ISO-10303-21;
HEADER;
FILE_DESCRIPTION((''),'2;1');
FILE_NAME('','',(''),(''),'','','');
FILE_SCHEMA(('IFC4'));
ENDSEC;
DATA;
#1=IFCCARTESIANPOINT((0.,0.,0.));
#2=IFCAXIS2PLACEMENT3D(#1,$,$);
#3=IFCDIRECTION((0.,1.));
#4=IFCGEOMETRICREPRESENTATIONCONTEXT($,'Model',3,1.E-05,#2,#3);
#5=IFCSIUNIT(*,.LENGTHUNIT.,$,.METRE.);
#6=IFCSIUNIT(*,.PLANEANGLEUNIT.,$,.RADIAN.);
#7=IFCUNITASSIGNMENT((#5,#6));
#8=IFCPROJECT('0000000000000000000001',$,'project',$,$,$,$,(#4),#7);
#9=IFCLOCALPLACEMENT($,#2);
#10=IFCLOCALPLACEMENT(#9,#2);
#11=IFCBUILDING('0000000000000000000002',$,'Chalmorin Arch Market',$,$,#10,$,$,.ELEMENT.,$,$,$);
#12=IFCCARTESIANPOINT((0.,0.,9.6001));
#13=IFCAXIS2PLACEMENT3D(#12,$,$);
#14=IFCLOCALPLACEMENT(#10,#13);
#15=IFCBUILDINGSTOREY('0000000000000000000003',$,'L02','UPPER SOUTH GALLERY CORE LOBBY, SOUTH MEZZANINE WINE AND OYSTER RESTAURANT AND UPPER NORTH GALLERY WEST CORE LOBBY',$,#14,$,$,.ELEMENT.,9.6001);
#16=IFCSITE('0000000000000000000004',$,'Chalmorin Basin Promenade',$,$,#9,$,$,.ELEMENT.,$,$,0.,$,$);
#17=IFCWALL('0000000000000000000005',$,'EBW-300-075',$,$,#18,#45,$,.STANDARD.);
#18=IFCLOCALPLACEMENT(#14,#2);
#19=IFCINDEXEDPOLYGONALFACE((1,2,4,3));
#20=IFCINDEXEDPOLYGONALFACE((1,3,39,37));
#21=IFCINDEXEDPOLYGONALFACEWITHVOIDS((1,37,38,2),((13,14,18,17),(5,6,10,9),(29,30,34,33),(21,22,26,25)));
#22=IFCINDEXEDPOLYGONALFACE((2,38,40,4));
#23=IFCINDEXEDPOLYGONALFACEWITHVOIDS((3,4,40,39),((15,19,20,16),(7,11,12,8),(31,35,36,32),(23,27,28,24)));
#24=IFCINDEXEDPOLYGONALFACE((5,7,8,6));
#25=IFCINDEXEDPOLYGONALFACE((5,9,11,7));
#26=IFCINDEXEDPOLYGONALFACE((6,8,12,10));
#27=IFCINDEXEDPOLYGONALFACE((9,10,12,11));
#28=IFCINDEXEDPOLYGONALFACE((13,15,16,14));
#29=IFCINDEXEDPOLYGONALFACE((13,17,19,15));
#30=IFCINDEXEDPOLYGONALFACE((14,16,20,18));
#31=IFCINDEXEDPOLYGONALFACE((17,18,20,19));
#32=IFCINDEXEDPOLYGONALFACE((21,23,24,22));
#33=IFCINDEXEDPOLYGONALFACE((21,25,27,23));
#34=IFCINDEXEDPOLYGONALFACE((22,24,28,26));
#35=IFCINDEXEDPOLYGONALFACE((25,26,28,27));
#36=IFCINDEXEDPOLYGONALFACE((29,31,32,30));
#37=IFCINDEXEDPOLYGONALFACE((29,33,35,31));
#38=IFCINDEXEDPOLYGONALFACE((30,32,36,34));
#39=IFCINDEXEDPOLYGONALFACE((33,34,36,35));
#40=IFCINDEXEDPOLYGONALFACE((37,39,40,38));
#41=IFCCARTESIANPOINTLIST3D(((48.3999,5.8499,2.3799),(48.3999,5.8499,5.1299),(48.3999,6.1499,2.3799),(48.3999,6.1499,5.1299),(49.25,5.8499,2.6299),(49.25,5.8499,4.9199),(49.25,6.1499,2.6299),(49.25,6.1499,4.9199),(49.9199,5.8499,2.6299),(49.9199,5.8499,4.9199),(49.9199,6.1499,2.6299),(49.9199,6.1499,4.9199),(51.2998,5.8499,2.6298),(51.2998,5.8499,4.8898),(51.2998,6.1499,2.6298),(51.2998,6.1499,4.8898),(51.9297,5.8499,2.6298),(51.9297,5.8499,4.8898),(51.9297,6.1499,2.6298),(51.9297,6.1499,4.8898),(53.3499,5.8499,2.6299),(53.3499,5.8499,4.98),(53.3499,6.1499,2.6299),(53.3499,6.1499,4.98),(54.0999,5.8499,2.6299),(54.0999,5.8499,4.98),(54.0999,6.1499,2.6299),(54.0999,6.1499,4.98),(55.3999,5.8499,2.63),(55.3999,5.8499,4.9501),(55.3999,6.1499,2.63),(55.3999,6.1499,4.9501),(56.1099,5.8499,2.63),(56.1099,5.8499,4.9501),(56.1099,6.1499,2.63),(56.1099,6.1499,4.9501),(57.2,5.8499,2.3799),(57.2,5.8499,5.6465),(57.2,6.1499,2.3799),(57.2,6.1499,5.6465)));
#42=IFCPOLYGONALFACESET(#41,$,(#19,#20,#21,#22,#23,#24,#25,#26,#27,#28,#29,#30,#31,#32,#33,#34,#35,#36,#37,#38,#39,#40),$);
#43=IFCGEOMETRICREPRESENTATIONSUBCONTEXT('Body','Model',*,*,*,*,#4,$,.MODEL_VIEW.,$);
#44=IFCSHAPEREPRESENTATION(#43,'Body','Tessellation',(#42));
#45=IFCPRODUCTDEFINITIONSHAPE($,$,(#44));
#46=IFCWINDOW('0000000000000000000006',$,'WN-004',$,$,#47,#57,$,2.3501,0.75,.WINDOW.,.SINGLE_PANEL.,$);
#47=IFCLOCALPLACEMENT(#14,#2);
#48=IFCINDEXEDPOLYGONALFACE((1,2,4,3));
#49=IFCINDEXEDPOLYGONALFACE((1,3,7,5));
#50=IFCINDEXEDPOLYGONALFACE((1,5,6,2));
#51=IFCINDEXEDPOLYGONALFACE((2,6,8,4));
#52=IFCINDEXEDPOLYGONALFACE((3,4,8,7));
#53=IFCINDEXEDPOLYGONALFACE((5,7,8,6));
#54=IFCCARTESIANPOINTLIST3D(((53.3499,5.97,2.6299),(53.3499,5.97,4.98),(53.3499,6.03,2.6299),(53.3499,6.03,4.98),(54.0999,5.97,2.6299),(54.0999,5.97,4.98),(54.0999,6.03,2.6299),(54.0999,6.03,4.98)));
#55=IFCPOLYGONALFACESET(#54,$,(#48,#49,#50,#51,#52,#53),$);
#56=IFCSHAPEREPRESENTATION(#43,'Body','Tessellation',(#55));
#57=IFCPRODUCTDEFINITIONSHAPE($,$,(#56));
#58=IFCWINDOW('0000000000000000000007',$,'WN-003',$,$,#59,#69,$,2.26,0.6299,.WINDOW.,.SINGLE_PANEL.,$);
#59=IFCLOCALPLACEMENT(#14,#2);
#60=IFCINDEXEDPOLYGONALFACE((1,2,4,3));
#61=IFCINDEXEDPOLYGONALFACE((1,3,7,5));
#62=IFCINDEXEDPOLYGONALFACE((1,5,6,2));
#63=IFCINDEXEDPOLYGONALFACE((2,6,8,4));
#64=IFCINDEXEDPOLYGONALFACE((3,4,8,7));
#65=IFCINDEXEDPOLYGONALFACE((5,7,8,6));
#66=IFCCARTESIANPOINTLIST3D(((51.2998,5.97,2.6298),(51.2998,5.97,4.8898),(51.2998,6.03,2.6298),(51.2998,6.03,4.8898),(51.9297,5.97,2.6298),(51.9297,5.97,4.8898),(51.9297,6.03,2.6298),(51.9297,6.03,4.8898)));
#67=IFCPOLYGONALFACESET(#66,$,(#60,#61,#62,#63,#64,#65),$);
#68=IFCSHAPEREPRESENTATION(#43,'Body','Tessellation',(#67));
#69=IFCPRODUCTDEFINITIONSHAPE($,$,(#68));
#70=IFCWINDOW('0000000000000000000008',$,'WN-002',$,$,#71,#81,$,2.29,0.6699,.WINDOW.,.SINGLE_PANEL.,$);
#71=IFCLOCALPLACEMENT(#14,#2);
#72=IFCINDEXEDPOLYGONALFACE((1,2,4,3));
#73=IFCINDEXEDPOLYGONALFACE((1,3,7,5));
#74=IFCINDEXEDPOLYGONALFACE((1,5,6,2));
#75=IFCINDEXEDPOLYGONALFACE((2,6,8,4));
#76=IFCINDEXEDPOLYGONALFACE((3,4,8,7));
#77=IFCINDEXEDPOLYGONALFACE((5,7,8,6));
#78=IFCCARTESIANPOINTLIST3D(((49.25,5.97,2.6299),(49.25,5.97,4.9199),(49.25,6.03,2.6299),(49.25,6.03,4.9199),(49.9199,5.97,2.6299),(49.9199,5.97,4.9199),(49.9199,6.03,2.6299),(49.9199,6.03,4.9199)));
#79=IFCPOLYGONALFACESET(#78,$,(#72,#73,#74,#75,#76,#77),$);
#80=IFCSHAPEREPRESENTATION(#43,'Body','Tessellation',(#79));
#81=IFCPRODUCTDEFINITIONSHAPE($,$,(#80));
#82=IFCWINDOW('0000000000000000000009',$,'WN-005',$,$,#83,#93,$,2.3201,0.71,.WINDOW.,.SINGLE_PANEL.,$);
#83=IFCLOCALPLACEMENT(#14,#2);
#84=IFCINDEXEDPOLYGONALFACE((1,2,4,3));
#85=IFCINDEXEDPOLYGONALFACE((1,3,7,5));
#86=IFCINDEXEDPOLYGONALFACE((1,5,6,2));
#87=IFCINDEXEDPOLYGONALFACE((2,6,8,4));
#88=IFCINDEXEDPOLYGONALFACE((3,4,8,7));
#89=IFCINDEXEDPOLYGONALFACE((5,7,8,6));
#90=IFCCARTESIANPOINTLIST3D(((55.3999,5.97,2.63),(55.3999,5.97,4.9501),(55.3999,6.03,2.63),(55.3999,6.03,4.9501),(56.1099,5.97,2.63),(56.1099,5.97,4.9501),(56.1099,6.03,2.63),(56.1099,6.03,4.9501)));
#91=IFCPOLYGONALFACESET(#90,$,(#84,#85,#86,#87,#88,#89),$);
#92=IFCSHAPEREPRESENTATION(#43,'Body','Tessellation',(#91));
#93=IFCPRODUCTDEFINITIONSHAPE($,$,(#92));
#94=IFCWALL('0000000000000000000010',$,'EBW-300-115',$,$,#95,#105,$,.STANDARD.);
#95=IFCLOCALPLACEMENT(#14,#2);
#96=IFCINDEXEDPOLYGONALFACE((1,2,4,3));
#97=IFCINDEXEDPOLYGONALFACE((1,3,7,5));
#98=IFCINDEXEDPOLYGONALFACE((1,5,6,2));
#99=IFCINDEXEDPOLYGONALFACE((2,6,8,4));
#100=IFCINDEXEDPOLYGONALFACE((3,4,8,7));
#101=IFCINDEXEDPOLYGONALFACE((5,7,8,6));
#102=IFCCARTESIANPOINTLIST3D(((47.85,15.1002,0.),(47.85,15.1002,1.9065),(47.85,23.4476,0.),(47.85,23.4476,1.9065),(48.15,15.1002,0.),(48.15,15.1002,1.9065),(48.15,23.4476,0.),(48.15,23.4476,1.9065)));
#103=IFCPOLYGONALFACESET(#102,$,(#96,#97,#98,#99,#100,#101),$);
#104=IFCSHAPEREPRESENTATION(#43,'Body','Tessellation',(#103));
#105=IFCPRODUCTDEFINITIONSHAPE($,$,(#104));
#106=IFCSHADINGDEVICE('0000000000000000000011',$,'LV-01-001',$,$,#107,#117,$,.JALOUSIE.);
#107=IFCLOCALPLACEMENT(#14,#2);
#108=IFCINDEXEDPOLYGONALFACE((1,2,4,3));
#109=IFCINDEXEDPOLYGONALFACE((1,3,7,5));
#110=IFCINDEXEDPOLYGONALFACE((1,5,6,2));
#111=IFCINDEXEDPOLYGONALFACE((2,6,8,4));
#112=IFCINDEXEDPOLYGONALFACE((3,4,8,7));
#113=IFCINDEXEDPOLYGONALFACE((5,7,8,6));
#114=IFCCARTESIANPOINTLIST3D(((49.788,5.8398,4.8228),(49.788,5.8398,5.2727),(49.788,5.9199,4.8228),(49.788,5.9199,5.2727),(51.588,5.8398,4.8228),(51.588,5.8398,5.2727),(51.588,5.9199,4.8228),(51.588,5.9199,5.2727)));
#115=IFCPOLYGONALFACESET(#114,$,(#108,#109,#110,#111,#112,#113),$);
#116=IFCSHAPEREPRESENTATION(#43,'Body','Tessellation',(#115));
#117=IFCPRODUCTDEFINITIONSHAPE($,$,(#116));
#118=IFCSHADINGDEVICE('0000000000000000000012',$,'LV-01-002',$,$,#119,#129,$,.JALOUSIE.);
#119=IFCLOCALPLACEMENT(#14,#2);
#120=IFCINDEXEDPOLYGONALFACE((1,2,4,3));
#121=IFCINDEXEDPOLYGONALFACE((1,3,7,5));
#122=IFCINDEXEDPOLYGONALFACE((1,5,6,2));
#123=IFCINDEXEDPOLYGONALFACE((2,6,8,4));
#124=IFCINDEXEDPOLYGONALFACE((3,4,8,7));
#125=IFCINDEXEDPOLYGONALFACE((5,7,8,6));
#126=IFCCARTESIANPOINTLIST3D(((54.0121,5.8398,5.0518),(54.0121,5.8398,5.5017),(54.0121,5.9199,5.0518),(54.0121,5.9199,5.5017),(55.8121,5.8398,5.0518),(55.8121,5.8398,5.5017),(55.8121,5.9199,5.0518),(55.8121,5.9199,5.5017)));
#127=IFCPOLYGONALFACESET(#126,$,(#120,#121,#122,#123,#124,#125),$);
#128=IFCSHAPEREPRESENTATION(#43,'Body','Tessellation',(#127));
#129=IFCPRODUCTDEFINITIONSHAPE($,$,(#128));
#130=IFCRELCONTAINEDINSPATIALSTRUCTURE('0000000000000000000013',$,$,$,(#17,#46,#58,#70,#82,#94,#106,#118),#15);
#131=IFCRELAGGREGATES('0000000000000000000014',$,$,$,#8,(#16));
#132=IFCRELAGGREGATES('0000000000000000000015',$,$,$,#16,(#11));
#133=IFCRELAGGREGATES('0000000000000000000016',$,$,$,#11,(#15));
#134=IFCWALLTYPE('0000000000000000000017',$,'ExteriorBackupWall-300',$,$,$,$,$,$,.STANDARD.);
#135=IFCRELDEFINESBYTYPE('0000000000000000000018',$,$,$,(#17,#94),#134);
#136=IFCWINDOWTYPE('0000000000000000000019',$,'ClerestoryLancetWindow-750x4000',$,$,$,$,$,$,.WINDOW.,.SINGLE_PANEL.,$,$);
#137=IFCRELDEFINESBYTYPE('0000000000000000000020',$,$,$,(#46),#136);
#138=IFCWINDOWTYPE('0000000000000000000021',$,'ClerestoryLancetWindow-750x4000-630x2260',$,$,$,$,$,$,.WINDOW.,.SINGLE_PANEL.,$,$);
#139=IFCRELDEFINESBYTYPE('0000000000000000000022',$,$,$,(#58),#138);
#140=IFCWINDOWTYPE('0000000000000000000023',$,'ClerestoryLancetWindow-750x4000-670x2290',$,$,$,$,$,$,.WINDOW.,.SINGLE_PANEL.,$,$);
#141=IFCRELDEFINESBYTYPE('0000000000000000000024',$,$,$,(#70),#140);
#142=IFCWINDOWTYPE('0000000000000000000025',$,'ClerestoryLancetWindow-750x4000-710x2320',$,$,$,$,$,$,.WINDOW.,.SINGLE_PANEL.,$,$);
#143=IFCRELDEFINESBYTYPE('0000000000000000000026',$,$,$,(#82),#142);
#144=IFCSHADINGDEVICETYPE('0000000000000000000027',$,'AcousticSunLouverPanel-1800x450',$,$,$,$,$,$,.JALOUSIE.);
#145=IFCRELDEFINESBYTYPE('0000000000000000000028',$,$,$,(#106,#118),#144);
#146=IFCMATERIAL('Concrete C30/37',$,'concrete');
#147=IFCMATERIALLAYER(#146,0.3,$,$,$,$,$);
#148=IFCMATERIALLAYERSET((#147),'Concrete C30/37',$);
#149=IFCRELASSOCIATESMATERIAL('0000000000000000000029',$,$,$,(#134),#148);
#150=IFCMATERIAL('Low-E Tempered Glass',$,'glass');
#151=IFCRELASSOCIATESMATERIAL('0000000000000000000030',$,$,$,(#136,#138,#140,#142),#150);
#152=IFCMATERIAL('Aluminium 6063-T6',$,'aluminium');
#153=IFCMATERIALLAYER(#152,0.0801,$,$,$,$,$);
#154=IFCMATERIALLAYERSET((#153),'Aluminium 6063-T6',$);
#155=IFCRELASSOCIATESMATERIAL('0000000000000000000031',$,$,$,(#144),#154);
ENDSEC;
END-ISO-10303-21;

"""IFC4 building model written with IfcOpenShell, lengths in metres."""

from ifc_helpers import new_model, si_unit, direction, frame, frame_2d, origin, origin_2d, place, context, subcontext, project, spatial, polyline, rectangle, outline, extrude, material, layer, layer_set, type_object, element, fill, save


model = new_model("IFC4")

# Units and contexts
model_context = context("Model", 3, precision=1e-05, world=origin(), true_north=direction((0.0, 1.0)))
body_context = subcontext(model_context, "Body", "Model", "MODEL_VIEW")
ifc_project = project(units=[si_unit("LENGTHUNIT", "METRE"), si_unit("PLANEANGLEUNIT", "RADIAN")], contexts=[model_context])

# Site, building, storey
site_placement = place(None, origin())
site = spatial("IfcSite", under=ifc_project, at=site_placement, Name="Chalmorin Basin Promenade", CompositionType="ELEMENT", RefElevation=0.0)
building_placement = place(site_placement, origin())
building = spatial("IfcBuilding", under=site, at=building_placement, Name="Chalmorin Arch Market", CompositionType="ELEMENT")
storey_placement = place(building_placement, frame((0.0, 0.0, 9.6001)))
storey = spatial("IfcBuildingStorey", under=building, at=storey_placement, Name="L02", Description="UPPER SOUTH GALLERY CORE LOBBY, SOUTH MEZZANINE WINE AND OYSTER RESTAURANT AND UPPER NORTH GALLERY WEST CORE LOBBY", CompositionType="ELEMENT", Elevation=9.6001)

# Shared definitions
ifc_material_1 = material(Name="Aluminium 6063-T6", Category="aluminium")

# Shared definitions
ifc_material_2 = material(Name="Concrete C30/37", Category="concrete")
ifc_layer_1 = layer(ifc_material_2, 0.3)
ifc_layer_set_1 = layer_set([ifc_layer_1], Name="Concrete C30/37")
wall_type_1 = type_object("IfcWallType", Name="ExteriorBackupWall-300", PredefinedType="STANDARD", material=ifc_layer_set_1)

# Wall, openings, windows
wall_1_placement = place(storey_placement, frame((48.3999, 6.0, 2.3799), z_axis=(0.0, 0.0, 1.0), x_axis=(1.0, 0.0, 0.0)))
wall_1 = element("IfcWall", 1, at=wall_1_placement, inside=storey, type_object=wall_type_1, Name="EBW-300-075", PredefinedType="STANDARD", context=body_context, shape_type="SweptSolid", body=[
    extrude(outline(polyline([(0.0, 0.0), (8.8, 0.0), (8.8, 3.2666), (0.0, 2.75), (0.0, 0.0)])), frame((0.0, 0.1499, 0.0), z_axis=(0.0, -1.0, 0.0), x_axis=(1.0, 0.0, 0.0)), (0.0, 0.0, 1.0), 0.3),
])
opening_1_placement = place(wall_1_placement, frame((0.8501, 0.0, 0.25)))
opening_1 = element("IfcOpeningElement", 2, at=opening_1_placement, cuts=wall_1, PredefinedType="OPENING", context=body_context, shape_type="SweptSolid", body=[
    extrude(rectangle(XDim=0.6699, YDim=2.29, at=frame_2d((0.335, 1.145))), frame((0.0, 0.1599, 0.0), z_axis=(0.0, -1.0, 0.0), x_axis=(1.0, 0.0, 0.0)), (0.0, 0.0, 1.0), 0.3201),
])
opening_2_placement = place(wall_1_placement, frame((2.8999, 0.0, 0.25)))
opening_2 = element("IfcOpeningElement", 3, at=opening_2_placement, cuts=wall_1, PredefinedType="OPENING", context=body_context, shape_type="SweptSolid", body=[
    extrude(rectangle(XDim=0.6299, YDim=2.26, at=frame_2d((0.3149, 1.1299))), frame((0.0, 0.1599, 0.0), z_axis=(0.0, -1.0, 0.0), x_axis=(1.0, 0.0, 0.0)), (0.0, 0.0, 1.0), 0.3201),
])
opening_3_placement = place(wall_1_placement, frame((4.95, 0.0, 0.25)))
opening_3 = element("IfcOpeningElement", 4, at=opening_3_placement, cuts=wall_1, PredefinedType="OPENING", context=body_context, shape_type="SweptSolid", body=[
    extrude(rectangle(XDim=0.75, YDim=2.3501, at=frame_2d((0.375, 1.175))), frame((0.0, 0.1599, 0.0), z_axis=(0.0, -1.0, 0.0), x_axis=(1.0, 0.0, 0.0)), (0.0, 0.0, 1.0), 0.3201),
])
opening_4_placement = place(wall_1_placement, frame((7.0, 0.0, 0.25)))
opening_4 = element("IfcOpeningElement", 5, at=opening_4_placement, cuts=wall_1, PredefinedType="OPENING", context=body_context, shape_type="SweptSolid", body=[
    extrude(rectangle(XDim=0.71, YDim=2.3201, at=frame_2d((0.355, 1.1602))), frame((0.0, 0.1599, 0.0), z_axis=(0.0, -1.0, 0.0), x_axis=(1.0, 0.0, 0.0)), (0.0, 0.0, 1.0), 0.3201),
])
ifc_material_3 = material(Name="Low-E Tempered Glass", Category="glass")
window_type_1 = type_object("IfcWindowType", Name="ClerestoryLancetWindow-750x4000", PartitioningType="SINGLE_PANEL", PredefinedType="WINDOW", material=ifc_material_3)
window_1_placement = place(opening_3_placement, origin())
window_1 = element("IfcWindow", 6, at=window_1_placement, inside=storey, type_object=window_type_1, Name="WN-004", OverallHeight=2.3501, OverallWidth=0.75, PartitioningType="SINGLE_PANEL", PredefinedType="WINDOW", context=body_context, shape_type="SweptSolid", body=[
    extrude(rectangle(XDim=0.75, YDim=2.3501, at=frame_2d((0.375, 1.175))), frame((0.0, 0.03, 0.0), z_axis=(0.0, -1.0, 0.0), x_axis=(1.0, 0.0, 0.0)), (0.0, 0.0, 1.0), 0.0601),
])
fill(opening_3, window_1)
window_type_2 = type_object("IfcWindowType", Name="ClerestoryLancetWindow-750x4000-630x2260", PartitioningType="SINGLE_PANEL", PredefinedType="WINDOW", material=ifc_material_3)
window_2_placement = place(opening_2_placement, origin())
window_2 = element("IfcWindow", 7, at=window_2_placement, inside=storey, type_object=window_type_2, Name="WN-003", OverallHeight=2.26, OverallWidth=0.6299, PartitioningType="SINGLE_PANEL", PredefinedType="WINDOW", context=body_context, shape_type="SweptSolid", body=[
    extrude(rectangle(XDim=0.6299, YDim=2.26, at=frame_2d((0.3149, 1.1299))), frame((0.0, 0.03, 0.0), z_axis=(0.0, -1.0, 0.0), x_axis=(1.0, 0.0, 0.0)), (0.0, 0.0, 1.0), 0.0601),
])
fill(opening_2, window_2)
window_type_3 = type_object("IfcWindowType", Name="ClerestoryLancetWindow-750x4000-670x2290", PartitioningType="SINGLE_PANEL", PredefinedType="WINDOW", material=ifc_material_3)
window_3_placement = place(opening_1_placement, origin())
window_3 = element("IfcWindow", 8, at=window_3_placement, inside=storey, type_object=window_type_3, Name="WN-002", OverallHeight=2.29, OverallWidth=0.6699, PartitioningType="SINGLE_PANEL", PredefinedType="WINDOW", context=body_context, shape_type="SweptSolid", body=[
    extrude(rectangle(XDim=0.6699, YDim=2.29, at=frame_2d((0.335, 1.145))), frame((0.0, 0.03, 0.0), z_axis=(0.0, -1.0, 0.0), x_axis=(1.0, 0.0, 0.0)), (0.0, 0.0, 1.0), 0.0601),
])
fill(opening_1, window_3)
window_type_4 = type_object("IfcWindowType", Name="ClerestoryLancetWindow-750x4000-710x2320", PartitioningType="SINGLE_PANEL", PredefinedType="WINDOW", material=ifc_material_3)
window_4_placement = place(opening_4_placement, origin())
window_4 = element("IfcWindow", 9, at=window_4_placement, inside=storey, type_object=window_type_4, Name="WN-005", OverallHeight=2.3201, OverallWidth=0.71, PartitioningType="SINGLE_PANEL", PredefinedType="WINDOW", context=body_context, shape_type="SweptSolid", body=[
    extrude(rectangle(XDim=0.71, YDim=2.3201, at=frame_2d((0.355, 1.1602))), frame((0.0, 0.03, 0.0), z_axis=(0.0, -1.0, 0.0), x_axis=(1.0, 0.0, 0.0)), (0.0, 0.0, 1.0), 0.0601),
])
fill(opening_4, window_4)

# Wall
wall_2_placement = place(storey_placement, frame((48.0, 15.1001, 0.0), z_axis=(0.0, 0.0, 1.0), x_axis=(0.0, 1.0, 0.0)))
element("IfcWall", 10, at=wall_2_placement, inside=storey, type_object=wall_type_1, Name="EBW-300-115", PredefinedType="STANDARD", context=body_context, shape_type="SweptSolid", body=[
    extrude(rectangle(XDim=8.3474, YDim=0.3, at=frame_2d((4.1738, 0.0))), origin(), (0.0, 0.0, 1.0), 1.9065),
])

# Shading devices
ifc_layer_2 = layer(ifc_material_1, 0.0801)
ifc_layer_set_2 = layer_set([ifc_layer_2], Name="Aluminium 6063-T6")
shading_device_type = type_object("IfcShadingDeviceType", Name="AcousticSunLouverPanel-1800x450", PredefinedType="JALOUSIE", material=ifc_layer_set_2)
for number, where, z_axis, x_axis, name in (
    (11, (50.688, 5.8799, 4.8228), (0.0, 0.0, 1.0), (1.0, 0.0, 0.0), "LV-01-001"),
    (12, (54.9121, 5.8799, 5.0518), (0.0, 0.0, 1.0), (1.0, 0.0, 0.0), "LV-01-002"),
):
    element("IfcShadingDevice", number, at=place(storey_placement, frame(where, z_axis=z_axis, x_axis=x_axis)), inside=storey, type_object=shading_device_type, Name=name, PredefinedType="JALOUSIE", context=body_context, shape_type="SweptSolid", body=[
        extrude(rectangle(XDim=1.8, YDim=0.0801, at=origin_2d()), origin(), (0.0, 0.0, 1.0), 0.45),
    ])

save(model, "model.ifc")
